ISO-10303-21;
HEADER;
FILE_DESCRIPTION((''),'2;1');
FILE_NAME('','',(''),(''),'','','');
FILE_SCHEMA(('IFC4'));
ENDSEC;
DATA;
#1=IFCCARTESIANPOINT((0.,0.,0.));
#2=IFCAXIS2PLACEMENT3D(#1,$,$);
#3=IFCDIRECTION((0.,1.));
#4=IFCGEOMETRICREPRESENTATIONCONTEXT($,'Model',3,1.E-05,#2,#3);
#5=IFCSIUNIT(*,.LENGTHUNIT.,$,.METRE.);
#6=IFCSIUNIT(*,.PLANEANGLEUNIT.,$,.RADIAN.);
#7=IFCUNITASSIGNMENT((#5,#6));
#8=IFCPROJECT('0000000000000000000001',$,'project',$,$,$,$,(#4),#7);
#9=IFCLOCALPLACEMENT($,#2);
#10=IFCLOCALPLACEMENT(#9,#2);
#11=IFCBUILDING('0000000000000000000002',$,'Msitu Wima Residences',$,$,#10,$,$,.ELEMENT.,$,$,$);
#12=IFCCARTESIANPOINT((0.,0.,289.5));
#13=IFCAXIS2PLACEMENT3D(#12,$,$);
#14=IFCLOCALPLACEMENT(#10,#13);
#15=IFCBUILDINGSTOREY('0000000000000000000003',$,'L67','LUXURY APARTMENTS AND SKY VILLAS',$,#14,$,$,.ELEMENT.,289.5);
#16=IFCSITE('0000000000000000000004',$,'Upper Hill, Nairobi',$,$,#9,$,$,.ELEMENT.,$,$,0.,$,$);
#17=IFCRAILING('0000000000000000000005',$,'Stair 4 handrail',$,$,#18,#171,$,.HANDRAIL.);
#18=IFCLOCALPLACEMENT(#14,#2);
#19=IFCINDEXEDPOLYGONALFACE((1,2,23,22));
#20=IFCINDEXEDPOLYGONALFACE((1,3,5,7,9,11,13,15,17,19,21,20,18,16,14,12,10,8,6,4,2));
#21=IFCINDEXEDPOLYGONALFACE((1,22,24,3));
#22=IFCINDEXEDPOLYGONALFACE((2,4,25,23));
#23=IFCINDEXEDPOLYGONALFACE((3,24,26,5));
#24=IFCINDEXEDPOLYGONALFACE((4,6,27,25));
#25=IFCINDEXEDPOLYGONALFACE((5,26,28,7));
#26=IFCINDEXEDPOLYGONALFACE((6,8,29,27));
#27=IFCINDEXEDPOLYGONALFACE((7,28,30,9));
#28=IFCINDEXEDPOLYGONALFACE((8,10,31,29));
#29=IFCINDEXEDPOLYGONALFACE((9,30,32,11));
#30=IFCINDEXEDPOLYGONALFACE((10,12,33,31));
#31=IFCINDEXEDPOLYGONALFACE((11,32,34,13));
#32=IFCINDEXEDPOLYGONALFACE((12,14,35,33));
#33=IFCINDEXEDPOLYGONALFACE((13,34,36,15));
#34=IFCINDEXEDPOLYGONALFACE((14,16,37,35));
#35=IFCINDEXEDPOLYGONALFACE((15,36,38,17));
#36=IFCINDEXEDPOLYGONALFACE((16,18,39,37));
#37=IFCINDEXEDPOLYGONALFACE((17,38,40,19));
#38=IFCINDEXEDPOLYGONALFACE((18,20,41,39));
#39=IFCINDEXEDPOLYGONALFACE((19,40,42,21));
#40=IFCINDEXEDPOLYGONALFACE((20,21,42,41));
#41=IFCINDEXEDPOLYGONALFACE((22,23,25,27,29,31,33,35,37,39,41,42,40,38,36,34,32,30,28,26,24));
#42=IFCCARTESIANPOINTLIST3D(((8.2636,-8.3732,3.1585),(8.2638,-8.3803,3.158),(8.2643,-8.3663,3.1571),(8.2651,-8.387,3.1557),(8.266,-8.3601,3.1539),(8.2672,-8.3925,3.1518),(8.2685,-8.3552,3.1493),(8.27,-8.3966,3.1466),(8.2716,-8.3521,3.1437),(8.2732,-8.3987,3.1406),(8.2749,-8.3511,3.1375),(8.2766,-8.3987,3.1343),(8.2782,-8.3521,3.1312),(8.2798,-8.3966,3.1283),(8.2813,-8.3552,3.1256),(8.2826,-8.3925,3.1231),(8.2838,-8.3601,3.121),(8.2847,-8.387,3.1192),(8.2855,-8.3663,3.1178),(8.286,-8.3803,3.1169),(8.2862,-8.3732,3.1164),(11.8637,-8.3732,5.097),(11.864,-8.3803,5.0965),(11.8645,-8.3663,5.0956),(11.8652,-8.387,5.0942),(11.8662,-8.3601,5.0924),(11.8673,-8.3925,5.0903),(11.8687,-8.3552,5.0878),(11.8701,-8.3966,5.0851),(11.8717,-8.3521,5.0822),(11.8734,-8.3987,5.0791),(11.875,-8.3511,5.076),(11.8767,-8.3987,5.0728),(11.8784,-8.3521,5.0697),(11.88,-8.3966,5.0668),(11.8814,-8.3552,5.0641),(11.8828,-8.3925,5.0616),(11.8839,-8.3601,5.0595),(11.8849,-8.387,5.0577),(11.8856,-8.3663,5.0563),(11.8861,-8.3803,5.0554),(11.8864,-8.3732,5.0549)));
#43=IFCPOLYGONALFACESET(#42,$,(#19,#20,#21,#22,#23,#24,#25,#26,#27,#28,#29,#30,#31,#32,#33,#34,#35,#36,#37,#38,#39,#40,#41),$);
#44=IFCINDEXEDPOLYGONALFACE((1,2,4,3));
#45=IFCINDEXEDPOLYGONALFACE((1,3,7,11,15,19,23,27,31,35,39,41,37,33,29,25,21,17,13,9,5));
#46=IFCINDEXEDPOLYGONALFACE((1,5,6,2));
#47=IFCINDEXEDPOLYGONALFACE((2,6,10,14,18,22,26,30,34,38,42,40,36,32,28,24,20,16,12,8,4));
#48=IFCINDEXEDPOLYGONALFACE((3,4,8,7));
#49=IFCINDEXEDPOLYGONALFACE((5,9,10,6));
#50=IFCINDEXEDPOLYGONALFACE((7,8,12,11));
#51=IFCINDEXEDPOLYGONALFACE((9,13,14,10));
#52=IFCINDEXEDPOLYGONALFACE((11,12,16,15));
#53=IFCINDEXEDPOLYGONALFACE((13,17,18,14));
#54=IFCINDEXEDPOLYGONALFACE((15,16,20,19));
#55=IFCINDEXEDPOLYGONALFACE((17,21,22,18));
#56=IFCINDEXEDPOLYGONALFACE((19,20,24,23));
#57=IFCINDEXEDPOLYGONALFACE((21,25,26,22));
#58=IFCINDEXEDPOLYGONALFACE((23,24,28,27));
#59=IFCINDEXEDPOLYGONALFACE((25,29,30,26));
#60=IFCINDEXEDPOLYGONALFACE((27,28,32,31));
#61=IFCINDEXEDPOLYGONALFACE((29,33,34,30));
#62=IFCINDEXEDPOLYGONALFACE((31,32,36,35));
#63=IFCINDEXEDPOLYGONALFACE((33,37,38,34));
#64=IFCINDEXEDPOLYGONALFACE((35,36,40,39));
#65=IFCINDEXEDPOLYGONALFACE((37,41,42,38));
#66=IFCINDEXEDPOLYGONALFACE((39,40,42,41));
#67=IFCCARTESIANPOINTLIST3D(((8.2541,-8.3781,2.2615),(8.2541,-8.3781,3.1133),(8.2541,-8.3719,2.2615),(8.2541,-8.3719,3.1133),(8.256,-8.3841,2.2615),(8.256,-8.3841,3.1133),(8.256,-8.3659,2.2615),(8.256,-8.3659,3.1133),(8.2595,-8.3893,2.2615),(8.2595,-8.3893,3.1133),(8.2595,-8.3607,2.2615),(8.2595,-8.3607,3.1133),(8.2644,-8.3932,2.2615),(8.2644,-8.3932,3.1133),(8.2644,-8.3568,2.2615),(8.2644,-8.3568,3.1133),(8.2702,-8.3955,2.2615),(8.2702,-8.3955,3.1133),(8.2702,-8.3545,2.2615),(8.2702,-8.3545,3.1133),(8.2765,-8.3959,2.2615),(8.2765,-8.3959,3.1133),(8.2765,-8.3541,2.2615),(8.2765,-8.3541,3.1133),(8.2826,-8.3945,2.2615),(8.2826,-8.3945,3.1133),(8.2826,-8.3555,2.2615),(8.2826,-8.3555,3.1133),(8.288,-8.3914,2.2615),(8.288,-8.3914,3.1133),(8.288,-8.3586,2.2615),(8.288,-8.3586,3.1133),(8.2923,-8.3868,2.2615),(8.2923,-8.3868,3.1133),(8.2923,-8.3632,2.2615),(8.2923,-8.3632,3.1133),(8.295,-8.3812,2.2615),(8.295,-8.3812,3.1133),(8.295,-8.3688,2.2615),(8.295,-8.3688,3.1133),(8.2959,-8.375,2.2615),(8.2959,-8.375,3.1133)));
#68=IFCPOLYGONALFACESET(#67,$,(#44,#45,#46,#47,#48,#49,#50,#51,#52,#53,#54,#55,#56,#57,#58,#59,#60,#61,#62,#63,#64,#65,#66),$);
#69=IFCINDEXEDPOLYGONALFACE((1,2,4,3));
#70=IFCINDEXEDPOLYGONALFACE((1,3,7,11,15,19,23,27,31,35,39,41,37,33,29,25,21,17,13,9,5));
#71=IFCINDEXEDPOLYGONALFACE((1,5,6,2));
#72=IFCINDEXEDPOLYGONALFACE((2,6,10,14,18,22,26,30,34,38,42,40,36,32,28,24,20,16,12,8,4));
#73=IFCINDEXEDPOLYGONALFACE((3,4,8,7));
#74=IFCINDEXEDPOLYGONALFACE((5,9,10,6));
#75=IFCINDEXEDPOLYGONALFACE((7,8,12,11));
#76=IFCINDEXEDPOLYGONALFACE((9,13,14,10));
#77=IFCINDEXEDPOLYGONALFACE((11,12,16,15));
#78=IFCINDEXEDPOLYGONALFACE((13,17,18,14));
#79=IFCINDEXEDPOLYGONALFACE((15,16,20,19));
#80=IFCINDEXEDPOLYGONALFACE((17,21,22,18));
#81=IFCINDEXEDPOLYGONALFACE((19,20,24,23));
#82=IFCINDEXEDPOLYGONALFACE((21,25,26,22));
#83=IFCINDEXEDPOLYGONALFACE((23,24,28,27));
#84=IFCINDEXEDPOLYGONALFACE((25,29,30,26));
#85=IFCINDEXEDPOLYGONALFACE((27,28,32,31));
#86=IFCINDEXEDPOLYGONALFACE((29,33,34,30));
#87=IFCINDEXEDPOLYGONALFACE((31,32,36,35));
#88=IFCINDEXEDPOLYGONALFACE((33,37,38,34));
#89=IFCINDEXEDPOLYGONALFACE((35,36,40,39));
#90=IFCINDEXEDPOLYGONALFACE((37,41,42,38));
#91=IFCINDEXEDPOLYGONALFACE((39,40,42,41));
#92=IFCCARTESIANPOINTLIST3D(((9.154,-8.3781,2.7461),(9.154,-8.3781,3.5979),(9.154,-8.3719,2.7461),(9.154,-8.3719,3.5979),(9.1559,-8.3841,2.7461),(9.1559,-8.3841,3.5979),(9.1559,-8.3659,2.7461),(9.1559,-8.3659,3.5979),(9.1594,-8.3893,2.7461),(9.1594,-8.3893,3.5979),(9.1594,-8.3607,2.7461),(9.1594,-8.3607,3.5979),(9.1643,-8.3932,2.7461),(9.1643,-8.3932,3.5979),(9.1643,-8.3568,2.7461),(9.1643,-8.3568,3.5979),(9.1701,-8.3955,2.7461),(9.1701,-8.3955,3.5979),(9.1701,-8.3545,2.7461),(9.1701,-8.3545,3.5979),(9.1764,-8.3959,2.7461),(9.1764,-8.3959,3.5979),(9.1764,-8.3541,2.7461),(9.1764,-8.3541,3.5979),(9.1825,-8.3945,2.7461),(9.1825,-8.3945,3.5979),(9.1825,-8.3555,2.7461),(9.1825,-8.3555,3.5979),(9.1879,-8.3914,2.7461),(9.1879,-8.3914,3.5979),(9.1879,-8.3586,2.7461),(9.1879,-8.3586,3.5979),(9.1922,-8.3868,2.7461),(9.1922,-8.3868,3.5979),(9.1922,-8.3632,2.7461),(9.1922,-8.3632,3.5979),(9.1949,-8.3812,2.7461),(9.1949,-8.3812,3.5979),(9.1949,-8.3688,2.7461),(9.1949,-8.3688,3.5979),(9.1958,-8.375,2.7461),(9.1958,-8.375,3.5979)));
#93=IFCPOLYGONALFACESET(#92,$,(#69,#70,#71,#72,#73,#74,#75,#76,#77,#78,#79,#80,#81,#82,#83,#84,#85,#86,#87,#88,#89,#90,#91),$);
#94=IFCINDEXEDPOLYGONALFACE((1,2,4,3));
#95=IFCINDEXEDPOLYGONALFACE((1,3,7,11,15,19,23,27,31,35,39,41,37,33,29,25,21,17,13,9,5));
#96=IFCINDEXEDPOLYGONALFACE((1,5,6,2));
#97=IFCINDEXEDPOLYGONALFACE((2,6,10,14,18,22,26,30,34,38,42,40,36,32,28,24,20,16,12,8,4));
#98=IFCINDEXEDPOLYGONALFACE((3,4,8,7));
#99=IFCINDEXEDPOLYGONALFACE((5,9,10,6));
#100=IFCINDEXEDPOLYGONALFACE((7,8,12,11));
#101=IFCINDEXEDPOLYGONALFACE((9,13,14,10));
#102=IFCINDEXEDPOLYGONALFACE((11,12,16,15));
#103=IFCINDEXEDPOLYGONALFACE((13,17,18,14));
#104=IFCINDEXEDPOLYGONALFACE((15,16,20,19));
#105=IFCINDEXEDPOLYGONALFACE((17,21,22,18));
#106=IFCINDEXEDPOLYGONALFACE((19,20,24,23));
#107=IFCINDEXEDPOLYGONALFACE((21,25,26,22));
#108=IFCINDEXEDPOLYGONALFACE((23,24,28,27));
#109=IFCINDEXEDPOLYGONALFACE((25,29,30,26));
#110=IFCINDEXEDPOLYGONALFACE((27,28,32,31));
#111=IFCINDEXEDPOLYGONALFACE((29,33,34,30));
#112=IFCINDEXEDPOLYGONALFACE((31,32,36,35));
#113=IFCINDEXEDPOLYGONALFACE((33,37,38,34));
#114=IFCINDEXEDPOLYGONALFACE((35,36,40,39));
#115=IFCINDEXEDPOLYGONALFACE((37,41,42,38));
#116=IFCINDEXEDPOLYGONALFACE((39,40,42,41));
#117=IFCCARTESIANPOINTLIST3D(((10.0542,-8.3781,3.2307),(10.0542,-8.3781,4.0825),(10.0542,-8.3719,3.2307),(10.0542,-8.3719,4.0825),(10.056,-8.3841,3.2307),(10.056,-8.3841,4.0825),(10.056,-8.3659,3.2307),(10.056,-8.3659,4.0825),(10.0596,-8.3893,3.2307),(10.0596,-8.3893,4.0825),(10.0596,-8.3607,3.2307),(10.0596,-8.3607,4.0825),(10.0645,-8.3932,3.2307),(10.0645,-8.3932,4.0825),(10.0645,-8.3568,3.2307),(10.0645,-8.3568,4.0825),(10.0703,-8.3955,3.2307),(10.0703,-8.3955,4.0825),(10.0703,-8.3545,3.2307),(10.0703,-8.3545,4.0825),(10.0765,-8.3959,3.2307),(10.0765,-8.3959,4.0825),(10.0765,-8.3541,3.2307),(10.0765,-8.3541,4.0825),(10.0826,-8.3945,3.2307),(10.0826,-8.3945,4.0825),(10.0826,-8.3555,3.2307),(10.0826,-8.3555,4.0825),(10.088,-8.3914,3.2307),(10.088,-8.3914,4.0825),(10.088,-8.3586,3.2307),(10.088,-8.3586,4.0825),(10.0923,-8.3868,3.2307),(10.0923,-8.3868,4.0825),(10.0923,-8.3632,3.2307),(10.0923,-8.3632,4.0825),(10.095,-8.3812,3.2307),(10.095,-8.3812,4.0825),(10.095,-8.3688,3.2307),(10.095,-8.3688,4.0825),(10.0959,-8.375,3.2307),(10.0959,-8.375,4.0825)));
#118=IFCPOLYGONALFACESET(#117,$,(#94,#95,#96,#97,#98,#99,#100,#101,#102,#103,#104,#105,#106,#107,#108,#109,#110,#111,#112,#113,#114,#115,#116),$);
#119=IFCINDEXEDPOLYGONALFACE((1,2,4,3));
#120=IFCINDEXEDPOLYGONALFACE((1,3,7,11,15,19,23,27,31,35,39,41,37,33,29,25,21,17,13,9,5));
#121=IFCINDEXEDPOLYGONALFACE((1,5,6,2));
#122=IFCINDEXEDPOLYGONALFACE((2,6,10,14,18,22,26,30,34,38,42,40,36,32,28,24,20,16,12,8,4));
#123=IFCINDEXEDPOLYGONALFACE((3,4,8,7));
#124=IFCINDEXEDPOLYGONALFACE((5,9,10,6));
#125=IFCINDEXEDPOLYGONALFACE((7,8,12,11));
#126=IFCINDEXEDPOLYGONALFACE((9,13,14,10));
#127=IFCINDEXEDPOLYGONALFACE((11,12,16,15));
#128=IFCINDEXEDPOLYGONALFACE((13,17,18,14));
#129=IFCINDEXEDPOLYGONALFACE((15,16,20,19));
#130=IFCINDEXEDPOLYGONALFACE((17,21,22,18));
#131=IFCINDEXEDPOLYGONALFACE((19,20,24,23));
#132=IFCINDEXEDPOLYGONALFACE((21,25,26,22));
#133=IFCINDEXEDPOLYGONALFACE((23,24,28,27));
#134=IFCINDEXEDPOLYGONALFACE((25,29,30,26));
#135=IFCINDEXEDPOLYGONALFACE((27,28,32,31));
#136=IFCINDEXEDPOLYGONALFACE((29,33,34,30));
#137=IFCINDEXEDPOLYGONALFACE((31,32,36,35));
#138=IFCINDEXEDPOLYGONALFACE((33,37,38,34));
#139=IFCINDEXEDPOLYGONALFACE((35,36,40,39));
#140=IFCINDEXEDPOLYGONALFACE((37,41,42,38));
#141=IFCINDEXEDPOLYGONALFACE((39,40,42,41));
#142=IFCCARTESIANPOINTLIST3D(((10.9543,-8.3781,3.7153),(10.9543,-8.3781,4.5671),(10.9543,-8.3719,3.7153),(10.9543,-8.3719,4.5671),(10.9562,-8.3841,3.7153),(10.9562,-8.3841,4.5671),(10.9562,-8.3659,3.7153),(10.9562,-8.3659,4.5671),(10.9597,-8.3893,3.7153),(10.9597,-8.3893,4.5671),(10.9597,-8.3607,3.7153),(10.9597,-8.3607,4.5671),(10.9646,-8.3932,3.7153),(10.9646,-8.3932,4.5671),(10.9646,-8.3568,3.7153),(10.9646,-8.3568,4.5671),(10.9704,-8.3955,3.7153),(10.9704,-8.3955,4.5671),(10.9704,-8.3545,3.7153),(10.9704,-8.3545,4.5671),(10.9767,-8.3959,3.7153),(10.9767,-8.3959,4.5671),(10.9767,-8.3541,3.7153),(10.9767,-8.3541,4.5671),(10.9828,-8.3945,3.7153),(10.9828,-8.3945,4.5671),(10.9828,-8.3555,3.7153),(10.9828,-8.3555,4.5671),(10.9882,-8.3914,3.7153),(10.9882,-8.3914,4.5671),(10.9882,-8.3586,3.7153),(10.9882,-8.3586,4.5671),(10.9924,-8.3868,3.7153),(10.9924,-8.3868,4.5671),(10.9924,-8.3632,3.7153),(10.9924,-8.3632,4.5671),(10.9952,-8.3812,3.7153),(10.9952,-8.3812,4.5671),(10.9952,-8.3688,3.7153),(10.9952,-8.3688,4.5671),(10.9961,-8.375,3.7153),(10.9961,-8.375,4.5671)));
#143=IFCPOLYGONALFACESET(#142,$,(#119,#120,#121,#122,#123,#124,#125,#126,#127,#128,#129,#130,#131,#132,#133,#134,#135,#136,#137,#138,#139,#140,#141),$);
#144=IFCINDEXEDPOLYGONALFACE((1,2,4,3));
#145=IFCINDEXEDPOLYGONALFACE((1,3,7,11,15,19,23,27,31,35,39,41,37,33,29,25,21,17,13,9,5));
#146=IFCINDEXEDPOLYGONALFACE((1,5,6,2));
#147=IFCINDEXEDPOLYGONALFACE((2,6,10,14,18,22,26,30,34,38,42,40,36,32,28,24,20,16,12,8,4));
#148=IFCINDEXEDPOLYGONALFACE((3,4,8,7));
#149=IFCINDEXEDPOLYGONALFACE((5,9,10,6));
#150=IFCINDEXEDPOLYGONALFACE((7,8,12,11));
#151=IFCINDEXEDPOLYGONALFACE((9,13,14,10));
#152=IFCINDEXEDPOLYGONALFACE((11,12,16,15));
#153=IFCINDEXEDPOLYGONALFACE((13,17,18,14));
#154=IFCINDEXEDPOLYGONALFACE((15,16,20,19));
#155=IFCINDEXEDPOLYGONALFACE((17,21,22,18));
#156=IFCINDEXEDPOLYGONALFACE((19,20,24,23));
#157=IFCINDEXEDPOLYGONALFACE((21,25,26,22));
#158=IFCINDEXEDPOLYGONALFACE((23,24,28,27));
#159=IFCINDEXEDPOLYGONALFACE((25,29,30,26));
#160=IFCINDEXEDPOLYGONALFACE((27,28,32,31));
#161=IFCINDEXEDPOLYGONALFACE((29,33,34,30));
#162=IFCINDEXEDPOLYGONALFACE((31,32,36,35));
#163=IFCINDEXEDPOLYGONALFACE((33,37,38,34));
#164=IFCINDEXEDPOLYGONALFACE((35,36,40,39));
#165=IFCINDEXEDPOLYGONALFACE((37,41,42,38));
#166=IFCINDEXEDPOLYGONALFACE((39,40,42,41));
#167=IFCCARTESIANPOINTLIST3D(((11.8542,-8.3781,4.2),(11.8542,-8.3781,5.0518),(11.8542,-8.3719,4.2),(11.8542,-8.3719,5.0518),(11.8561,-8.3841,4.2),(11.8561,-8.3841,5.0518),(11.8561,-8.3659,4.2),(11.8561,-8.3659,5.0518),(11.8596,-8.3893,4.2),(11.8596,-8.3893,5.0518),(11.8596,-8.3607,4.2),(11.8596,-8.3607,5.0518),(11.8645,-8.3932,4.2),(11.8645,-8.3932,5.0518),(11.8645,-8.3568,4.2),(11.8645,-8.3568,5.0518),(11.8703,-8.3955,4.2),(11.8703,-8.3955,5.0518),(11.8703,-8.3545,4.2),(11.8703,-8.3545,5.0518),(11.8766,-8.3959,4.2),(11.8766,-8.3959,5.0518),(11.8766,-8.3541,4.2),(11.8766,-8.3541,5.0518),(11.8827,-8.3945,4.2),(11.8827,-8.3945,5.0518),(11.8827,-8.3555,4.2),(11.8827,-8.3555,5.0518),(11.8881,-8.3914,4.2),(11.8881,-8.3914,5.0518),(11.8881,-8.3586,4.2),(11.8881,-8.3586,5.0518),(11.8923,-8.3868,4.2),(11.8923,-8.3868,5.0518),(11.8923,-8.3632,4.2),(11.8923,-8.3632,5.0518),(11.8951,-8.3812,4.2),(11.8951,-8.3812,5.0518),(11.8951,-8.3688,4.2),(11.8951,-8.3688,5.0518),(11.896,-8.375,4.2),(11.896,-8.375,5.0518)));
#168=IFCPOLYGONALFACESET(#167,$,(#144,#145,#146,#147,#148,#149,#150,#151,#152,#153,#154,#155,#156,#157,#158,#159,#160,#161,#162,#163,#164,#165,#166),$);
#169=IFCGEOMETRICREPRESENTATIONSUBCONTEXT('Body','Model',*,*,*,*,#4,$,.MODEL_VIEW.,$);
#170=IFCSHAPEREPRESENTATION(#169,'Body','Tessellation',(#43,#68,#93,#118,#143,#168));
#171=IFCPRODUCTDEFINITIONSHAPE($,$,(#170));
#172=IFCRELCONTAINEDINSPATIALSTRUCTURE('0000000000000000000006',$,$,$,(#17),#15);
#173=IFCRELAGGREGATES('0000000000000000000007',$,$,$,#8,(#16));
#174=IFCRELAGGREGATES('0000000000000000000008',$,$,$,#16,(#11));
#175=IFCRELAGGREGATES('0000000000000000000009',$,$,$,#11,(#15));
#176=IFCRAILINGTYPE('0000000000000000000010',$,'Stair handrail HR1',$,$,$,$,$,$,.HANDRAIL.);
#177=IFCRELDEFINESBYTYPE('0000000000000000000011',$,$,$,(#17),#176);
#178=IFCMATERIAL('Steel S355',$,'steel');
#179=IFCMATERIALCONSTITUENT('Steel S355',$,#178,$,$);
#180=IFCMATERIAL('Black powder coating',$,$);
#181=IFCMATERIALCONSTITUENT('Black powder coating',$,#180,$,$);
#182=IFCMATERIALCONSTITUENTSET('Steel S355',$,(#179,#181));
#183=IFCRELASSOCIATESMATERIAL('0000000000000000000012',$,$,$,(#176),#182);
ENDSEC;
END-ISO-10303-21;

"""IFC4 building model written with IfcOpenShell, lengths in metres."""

from ifc_helpers import new_model, si_unit, direction, frame, origin, origin_2d, place, context, subcontext, project, spatial, circle, extrude, material, constituent, constituent_set, type_object, element, save


model = new_model("IFC4")

# Units and contexts
model_context = context("Model", 3, precision=1e-05, world=origin(), true_north=direction((0.0, 1.0)))
body_context = subcontext(model_context, "Body", "Model", "MODEL_VIEW")
ifc_project = project(units=[si_unit("LENGTHUNIT", "METRE"), si_unit("PLANEANGLEUNIT", "RADIAN")], contexts=[model_context])

# Site, building, storey
site_placement = place(None, origin())
site = spatial("IfcSite", under=ifc_project, at=site_placement, Name="Upper Hill, Nairobi", CompositionType="ELEMENT", RefElevation=0.0)
building_placement = place(site_placement, origin())
building = spatial("IfcBuilding", under=site, at=building_placement, Name="Msitu Wima Residences", CompositionType="ELEMENT")
storey_placement = place(building_placement, frame((0.0, 0.0, 289.5)))
storey = spatial("IfcBuildingStorey", under=building, at=storey_placement, Name="L67", Description="LUXURY APARTMENTS AND SKY VILLAS", CompositionType="ELEMENT", Elevation=289.5)

# Railing
ifc_material_1 = material(Name="Steel S355", Category="steel")
ifc_constituent_1 = constituent(ifc_material_1, Name="Steel S355")
ifc_material_2 = material(Name="Black powder coating")
ifc_constituent_2 = constituent(ifc_material_2, Name="Black powder coating")
ifc_constituent_set = constituent_set(constituents=[ifc_constituent_1, ifc_constituent_2], Name="Steel S355")
railing_type = type_object("IfcRailingType", Name="Stair handrail HR1", PredefinedType="HANDRAIL", material=ifc_constituent_set)
for number, where, name in (
    (1, (8.2749, -8.375, 2.2615), "Stair 4 handrail"),
):
    element("IfcRailing", number, at=place(storey_placement, frame(where)), inside=storey, type_object=railing_type, Name=name, PredefinedType="HANDRAIL", context=body_context, shape_type="SweptSolid", body=[
        extrude(circle(Radius=0.0239, at=origin_2d()), frame((0.0, 0.0, 0.876), z_axis=(0.880475, 0.0, 0.474093), x_axis=(0.0, 1.0, 0.0)), (0.0, 0.0, 1.0), 4.0889),
        extrude(circle(Radius=0.021, at=origin_2d()), origin(), (0.0, 0.0, 1.0), 0.8518),
        extrude(circle(Radius=0.021, at=origin_2d()), frame((0.8999, 0.0, 0.4846)), (0.0, 0.0, 1.0), 0.8518),
        extrude(circle(Radius=0.021, at=origin_2d()), frame((1.8, 0.0, 0.9692)), (0.0, 0.0, 1.0), 0.8518),
        extrude(circle(Radius=0.021, at=origin_2d()), frame((2.7002, 0.0, 1.4539)), (0.0, 0.0, 1.0), 0.8518),
        extrude(circle(Radius=0.021, at=origin_2d()), frame((3.6001, 0.0, 1.9385)), (0.0, 0.0, 1.0), 0.8518),
    ])

save(model, "model.ifc")
